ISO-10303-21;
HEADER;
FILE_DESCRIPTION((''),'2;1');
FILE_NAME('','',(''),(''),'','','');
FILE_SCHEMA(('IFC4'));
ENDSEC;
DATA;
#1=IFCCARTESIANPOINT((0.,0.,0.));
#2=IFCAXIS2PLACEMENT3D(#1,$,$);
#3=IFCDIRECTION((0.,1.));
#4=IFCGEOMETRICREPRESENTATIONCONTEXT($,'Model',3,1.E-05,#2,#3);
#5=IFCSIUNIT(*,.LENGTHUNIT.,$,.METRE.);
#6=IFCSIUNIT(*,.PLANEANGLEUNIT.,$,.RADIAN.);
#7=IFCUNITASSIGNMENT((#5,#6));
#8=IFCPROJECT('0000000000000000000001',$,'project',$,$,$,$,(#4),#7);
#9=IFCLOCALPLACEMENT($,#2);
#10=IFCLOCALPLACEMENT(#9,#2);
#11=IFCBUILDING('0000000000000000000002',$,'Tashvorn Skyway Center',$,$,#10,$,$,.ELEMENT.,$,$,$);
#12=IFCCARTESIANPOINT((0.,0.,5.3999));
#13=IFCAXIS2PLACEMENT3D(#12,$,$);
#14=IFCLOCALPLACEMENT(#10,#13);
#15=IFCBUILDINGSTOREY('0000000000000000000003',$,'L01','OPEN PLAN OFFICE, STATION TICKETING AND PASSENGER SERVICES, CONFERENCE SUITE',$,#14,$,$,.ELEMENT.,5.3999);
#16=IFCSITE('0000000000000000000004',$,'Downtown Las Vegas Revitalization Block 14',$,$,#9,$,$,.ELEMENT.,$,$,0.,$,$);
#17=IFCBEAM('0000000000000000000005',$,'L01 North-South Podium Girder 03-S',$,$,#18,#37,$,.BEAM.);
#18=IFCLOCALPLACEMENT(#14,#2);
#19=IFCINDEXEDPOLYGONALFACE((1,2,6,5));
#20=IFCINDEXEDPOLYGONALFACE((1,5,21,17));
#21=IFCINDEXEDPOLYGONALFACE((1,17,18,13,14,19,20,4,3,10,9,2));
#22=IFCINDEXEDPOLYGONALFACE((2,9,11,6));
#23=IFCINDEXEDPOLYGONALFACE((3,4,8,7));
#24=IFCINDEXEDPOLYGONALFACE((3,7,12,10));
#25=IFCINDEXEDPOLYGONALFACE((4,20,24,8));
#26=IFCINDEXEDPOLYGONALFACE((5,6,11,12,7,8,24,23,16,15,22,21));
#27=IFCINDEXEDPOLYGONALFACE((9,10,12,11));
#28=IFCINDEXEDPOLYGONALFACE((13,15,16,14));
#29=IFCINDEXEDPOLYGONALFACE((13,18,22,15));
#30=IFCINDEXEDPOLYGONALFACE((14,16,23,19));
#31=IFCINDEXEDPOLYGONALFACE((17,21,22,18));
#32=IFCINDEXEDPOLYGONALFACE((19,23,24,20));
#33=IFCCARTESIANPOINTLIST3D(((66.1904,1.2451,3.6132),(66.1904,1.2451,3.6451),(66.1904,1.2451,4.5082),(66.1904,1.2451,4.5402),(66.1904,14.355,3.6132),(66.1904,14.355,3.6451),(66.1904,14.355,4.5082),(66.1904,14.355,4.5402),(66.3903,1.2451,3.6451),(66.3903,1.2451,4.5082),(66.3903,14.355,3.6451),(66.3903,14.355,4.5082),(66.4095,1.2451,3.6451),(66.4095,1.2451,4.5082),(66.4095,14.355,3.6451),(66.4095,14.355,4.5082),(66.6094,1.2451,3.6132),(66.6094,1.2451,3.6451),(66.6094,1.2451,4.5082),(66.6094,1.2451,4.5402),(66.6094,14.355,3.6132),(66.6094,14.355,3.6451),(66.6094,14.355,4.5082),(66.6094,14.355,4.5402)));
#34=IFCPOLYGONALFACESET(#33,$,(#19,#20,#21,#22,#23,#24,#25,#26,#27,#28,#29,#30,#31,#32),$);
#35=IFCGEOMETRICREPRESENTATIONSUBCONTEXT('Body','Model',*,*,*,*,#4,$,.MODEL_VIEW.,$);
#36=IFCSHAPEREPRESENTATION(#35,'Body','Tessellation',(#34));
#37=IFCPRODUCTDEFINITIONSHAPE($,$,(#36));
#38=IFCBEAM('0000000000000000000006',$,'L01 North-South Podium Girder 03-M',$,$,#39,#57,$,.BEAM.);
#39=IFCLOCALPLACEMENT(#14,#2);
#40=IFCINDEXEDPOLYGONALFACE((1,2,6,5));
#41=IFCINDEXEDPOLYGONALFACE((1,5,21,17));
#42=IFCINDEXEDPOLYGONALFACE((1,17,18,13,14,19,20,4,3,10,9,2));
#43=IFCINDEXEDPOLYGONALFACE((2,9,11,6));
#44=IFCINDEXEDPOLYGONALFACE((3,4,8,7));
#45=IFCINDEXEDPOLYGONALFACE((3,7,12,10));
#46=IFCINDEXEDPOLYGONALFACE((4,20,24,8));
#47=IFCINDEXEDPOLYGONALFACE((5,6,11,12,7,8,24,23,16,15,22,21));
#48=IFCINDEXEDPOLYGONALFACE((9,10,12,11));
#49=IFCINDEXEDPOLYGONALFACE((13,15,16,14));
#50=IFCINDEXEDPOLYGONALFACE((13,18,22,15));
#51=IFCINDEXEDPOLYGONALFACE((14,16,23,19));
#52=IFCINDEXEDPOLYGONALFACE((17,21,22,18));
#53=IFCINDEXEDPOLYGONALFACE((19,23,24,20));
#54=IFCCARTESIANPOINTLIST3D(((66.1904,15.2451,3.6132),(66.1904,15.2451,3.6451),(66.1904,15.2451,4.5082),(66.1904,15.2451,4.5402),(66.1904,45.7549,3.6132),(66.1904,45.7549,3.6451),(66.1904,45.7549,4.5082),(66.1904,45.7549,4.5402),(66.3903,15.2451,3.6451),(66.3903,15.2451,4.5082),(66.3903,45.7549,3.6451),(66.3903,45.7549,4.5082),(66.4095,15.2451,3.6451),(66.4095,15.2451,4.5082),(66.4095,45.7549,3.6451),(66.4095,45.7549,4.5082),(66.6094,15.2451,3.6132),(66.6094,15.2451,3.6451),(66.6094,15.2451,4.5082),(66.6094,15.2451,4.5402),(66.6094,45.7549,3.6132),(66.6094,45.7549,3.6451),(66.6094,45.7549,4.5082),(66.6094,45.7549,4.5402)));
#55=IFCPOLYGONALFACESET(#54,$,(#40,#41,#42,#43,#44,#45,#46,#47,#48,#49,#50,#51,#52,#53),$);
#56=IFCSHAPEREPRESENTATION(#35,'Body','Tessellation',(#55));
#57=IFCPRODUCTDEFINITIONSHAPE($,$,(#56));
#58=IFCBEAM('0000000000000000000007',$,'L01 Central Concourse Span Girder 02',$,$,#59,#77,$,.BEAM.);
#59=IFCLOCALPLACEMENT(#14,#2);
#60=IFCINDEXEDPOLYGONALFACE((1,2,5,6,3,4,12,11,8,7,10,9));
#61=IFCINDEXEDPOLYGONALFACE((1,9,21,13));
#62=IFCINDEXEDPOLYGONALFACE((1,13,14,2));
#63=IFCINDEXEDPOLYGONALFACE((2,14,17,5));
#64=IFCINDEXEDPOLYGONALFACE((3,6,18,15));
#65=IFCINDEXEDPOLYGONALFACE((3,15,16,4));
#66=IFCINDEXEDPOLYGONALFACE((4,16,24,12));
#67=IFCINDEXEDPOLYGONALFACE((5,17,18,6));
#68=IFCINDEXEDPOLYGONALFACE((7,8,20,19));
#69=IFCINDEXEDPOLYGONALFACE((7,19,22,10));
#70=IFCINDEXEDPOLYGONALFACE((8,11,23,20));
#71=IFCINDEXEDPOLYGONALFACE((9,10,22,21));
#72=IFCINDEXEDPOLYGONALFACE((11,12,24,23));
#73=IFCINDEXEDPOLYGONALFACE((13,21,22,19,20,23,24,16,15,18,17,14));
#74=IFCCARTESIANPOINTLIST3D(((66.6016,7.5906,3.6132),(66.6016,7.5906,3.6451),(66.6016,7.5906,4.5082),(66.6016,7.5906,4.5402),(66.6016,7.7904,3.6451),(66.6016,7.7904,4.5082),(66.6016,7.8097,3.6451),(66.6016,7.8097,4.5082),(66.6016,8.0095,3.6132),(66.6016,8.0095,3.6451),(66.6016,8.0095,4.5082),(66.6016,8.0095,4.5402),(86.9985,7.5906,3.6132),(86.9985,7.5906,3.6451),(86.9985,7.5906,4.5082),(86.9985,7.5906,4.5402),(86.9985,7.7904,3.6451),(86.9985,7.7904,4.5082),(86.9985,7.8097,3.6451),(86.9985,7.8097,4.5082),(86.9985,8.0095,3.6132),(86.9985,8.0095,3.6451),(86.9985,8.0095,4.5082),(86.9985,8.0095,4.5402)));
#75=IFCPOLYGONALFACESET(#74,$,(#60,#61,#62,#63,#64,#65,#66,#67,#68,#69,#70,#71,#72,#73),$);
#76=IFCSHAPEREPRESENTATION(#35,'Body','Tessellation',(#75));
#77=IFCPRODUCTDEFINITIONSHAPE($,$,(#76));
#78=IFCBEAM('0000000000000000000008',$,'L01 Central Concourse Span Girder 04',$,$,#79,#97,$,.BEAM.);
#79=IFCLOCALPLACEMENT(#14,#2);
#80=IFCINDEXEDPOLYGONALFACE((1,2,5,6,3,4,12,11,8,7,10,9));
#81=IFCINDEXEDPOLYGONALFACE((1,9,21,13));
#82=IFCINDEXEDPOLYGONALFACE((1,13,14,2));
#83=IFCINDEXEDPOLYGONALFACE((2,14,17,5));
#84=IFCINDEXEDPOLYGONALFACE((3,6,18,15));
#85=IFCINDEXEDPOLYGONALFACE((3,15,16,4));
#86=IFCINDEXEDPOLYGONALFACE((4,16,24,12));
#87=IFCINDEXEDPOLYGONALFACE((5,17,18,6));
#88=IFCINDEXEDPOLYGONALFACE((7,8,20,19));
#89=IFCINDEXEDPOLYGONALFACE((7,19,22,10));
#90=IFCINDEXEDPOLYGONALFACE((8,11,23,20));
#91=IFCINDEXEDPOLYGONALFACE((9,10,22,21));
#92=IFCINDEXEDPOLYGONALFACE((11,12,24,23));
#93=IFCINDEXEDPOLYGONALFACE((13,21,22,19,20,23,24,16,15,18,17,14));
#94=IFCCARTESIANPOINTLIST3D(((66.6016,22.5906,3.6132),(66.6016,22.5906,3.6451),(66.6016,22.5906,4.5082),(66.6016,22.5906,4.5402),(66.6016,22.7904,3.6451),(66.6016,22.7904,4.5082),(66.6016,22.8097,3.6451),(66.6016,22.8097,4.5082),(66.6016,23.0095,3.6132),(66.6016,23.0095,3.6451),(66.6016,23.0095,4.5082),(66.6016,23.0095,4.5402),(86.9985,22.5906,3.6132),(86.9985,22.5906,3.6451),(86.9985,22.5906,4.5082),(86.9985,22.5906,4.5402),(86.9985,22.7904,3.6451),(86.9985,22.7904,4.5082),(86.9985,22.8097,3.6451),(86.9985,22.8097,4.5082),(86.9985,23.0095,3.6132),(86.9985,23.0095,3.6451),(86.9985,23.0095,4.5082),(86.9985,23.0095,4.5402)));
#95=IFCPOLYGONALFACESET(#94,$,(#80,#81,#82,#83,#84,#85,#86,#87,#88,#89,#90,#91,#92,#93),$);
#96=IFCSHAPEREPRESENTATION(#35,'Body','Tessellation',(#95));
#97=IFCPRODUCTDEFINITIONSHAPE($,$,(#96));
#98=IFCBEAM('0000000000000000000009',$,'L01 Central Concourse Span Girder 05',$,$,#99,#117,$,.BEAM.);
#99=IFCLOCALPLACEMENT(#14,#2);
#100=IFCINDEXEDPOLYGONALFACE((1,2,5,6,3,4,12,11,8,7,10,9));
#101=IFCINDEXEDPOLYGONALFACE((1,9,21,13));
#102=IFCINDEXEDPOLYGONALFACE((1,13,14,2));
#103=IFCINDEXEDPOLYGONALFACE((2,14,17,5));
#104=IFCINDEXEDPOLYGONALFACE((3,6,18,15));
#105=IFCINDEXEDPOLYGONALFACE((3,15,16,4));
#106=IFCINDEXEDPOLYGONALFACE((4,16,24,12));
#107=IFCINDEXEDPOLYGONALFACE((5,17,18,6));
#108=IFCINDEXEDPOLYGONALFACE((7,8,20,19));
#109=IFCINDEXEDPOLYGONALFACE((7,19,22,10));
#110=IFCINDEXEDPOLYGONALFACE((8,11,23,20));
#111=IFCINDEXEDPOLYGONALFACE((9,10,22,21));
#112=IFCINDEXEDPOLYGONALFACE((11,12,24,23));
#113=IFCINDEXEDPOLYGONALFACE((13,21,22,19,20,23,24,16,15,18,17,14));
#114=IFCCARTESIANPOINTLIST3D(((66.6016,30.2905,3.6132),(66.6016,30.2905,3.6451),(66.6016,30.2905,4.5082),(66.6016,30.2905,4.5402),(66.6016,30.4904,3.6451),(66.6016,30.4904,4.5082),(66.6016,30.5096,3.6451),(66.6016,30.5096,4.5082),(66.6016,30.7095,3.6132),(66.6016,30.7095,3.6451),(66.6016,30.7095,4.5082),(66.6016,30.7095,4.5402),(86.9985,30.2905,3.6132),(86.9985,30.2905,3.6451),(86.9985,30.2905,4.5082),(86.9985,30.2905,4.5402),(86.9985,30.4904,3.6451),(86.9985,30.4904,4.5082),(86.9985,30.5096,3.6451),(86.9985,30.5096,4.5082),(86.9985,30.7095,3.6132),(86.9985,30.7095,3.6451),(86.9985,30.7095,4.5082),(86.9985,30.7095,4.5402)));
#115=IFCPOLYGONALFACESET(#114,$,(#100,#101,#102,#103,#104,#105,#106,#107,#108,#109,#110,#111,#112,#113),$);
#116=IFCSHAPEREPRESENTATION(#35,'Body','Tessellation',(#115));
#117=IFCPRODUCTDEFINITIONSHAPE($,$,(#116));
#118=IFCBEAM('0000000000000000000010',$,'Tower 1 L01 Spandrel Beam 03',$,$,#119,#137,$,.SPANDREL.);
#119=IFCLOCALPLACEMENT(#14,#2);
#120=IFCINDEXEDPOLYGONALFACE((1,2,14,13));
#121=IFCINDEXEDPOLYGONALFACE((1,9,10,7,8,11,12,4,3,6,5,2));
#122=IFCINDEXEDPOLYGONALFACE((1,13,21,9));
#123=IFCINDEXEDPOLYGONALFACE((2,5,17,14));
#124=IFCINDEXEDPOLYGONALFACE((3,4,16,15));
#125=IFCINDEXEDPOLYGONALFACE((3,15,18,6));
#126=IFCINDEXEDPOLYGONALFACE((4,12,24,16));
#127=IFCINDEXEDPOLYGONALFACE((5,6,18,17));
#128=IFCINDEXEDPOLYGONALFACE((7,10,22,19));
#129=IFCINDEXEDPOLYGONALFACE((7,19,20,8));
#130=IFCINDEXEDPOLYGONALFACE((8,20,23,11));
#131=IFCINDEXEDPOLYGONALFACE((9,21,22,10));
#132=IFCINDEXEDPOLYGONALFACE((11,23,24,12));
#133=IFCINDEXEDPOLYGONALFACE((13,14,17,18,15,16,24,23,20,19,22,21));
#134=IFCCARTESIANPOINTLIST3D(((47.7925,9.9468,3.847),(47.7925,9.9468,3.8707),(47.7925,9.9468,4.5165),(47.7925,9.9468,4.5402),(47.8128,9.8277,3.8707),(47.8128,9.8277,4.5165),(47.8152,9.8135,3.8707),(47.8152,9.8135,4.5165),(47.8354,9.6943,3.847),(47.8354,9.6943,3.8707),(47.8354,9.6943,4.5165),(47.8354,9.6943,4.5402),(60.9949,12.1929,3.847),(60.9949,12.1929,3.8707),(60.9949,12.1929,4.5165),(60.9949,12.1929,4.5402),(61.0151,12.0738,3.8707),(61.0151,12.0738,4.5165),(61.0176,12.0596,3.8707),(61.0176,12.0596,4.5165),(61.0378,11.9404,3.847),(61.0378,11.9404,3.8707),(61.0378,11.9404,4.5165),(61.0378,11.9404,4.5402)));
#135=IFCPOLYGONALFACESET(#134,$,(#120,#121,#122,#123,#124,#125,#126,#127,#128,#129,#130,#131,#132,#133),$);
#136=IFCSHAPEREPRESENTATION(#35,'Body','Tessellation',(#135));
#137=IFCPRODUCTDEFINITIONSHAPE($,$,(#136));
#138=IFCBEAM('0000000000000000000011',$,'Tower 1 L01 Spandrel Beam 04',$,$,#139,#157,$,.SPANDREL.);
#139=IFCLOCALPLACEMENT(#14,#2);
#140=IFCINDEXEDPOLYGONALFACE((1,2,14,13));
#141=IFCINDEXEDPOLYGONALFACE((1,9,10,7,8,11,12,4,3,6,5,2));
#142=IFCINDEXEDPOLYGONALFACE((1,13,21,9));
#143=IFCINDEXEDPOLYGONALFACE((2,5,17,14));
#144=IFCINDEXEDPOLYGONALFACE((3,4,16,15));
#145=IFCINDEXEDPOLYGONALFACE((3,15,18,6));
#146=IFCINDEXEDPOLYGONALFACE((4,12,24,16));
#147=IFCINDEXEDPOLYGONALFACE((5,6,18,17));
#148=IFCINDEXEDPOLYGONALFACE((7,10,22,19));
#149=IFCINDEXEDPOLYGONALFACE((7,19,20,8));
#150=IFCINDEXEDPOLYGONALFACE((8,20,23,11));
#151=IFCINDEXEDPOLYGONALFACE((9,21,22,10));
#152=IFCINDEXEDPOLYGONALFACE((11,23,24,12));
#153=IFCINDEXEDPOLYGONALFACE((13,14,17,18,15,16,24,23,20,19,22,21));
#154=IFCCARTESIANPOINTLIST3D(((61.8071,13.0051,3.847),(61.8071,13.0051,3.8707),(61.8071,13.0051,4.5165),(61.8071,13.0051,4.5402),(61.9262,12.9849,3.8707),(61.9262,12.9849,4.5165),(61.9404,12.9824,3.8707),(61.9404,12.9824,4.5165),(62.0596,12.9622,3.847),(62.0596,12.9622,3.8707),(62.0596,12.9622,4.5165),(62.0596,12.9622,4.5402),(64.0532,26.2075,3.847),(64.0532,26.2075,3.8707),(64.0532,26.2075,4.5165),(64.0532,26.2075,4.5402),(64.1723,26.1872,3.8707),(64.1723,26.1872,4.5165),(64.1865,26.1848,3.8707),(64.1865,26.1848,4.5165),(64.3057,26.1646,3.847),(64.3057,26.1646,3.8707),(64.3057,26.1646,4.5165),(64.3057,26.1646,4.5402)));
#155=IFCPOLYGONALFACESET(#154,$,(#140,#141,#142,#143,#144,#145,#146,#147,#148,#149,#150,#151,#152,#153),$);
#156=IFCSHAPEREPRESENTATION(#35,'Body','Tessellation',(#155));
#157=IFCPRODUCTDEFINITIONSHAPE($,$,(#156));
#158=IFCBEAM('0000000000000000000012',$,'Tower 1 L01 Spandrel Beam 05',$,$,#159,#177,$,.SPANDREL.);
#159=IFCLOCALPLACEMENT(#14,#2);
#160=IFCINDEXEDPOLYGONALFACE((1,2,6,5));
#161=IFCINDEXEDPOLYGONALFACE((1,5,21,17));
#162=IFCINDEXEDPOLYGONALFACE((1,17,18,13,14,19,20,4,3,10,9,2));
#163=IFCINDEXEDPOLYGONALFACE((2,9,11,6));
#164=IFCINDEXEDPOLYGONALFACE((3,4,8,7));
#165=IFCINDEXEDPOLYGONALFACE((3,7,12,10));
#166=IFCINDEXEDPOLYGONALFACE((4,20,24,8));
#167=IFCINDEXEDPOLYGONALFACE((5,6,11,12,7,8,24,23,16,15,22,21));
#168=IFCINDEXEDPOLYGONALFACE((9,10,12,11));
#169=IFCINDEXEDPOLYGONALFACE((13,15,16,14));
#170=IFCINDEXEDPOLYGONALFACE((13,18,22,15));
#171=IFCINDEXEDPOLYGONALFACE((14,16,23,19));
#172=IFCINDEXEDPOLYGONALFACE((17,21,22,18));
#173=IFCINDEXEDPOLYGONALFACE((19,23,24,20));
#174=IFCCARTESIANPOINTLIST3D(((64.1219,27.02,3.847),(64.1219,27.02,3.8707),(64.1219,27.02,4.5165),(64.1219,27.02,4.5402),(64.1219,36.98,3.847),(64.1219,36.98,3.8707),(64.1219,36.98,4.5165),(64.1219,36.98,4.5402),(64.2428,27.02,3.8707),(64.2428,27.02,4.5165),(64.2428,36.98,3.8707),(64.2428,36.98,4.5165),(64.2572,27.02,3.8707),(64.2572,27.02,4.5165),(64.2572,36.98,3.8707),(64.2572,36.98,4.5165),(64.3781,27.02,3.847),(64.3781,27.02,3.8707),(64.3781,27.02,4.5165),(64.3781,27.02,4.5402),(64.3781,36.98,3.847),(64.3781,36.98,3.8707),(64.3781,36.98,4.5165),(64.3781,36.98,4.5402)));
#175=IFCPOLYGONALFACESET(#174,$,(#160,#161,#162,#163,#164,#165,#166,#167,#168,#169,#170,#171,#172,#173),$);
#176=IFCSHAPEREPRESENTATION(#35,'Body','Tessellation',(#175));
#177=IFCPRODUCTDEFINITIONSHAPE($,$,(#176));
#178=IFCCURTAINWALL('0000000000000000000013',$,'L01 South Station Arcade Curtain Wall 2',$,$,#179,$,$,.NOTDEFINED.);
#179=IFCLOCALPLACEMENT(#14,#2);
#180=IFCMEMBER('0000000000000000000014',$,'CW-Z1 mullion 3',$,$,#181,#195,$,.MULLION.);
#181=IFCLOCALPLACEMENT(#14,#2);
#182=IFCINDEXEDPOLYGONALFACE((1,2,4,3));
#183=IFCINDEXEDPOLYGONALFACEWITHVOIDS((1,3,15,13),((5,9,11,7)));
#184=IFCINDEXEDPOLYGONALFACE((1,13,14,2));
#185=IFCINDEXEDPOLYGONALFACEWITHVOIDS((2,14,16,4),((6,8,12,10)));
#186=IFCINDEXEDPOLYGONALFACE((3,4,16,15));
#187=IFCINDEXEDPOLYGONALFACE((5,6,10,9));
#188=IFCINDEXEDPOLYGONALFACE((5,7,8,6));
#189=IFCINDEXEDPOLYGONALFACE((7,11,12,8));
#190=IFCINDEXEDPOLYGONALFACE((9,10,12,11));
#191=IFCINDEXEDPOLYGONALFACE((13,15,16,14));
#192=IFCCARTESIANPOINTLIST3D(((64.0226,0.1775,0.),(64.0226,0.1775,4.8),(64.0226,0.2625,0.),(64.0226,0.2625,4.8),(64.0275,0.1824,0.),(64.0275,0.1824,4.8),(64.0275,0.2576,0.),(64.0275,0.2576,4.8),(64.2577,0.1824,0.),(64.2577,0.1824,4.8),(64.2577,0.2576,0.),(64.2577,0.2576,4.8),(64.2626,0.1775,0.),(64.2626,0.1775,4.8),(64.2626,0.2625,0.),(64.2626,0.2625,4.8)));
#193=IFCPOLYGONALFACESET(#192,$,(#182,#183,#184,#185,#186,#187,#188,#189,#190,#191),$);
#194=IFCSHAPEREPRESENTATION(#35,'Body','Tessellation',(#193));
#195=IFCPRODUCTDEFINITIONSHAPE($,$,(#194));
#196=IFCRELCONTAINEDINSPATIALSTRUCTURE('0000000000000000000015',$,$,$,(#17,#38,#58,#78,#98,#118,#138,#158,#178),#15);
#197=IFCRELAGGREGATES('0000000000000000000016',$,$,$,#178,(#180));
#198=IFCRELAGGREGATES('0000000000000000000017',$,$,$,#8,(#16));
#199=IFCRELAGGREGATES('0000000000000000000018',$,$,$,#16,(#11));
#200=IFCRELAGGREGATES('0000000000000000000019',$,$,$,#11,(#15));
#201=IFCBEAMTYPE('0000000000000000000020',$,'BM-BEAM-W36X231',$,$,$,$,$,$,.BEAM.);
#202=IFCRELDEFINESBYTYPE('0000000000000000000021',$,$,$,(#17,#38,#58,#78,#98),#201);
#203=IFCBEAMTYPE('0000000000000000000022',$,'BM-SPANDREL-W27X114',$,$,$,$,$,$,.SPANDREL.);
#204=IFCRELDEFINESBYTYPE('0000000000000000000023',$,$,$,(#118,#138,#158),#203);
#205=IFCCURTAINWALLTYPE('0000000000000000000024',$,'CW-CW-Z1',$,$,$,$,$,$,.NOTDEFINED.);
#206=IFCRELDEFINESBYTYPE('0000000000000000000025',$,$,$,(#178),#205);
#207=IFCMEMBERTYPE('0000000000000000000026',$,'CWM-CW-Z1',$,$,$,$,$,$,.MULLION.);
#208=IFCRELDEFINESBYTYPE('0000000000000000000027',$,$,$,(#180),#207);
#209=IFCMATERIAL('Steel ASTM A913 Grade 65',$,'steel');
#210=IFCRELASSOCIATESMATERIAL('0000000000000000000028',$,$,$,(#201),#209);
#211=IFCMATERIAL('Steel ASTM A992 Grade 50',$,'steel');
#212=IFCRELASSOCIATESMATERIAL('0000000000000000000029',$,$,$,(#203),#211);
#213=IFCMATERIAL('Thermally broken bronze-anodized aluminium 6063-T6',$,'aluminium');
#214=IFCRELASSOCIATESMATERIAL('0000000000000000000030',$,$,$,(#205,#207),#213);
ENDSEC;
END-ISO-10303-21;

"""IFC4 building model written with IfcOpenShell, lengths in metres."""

from ifc_helpers import new_model, si_unit, direction, frame, origin, origin_2d, place, context, subcontext, project, spatial, hollow_rectangle, i_section, extrude, material, material_profile, profile_set, type_object, element, aggregate, save


model = new_model("IFC4")

# Units and contexts
model_context = context("Model", 3, precision=1e-05, world=origin(), true_north=direction((0.0, 1.0)))
body_context = subcontext(model_context, "Body", "Model", "MODEL_VIEW")
ifc_project = project(units=[si_unit("LENGTHUNIT", "METRE"), si_unit("PLANEANGLEUNIT", "RADIAN")], contexts=[model_context])

# Site, building, storey
site_placement = place(None, origin())
site = spatial("IfcSite", under=ifc_project, at=site_placement, Name="Downtown Las Vegas Revitalization Block 14", CompositionType="ELEMENT", RefElevation=0.0)
building_placement = place(site_placement, origin())
building = spatial("IfcBuilding", under=site, at=building_placement, Name="Tashvorn Skyway Center", CompositionType="ELEMENT")
storey_placement = place(building_placement, frame((0.0, 0.0, 5.3999)))
storey = spatial("IfcBuildingStorey", under=building, at=storey_placement, Name="L01", Description="OPEN PLAN OFFICE, STATION TICKETING AND PASSENGER SERVICES, CONFERENCE SUITE", CompositionType="ELEMENT", Elevation=5.3999)

# Beams
ifc_material_1 = material(Name="Steel ASTM A992 Grade 50", Category="steel")
ifc_material_2 = material(Name="Steel ASTM A913 Grade 65", Category="steel")
ifc_material_profile_1 = material_profile(ifc_material_2, i_section(OverallWidth=0.4189, OverallDepth=0.927, WebThickness=0.0193, FlangeThickness=0.032, at=origin_2d()), Name="W36X231")
ifc_profile_set_1 = profile_set([ifc_material_profile_1], Name="Steel ASTM A913 Grade 65")
beam_type_1 = type_object("IfcBeamType", Name="BM-BEAM-W36X231", PredefinedType="BEAM", material=ifc_profile_set_1)
beam_1_placement = place(storey_placement, frame((66.3999, 1.2451, 4.0767), z_axis=(0.0, 1.0, 0.0), x_axis=(-1.0, 0.0, 0.0)))
element("IfcBeam", 1, at=beam_1_placement, inside=storey, type_object=beam_type_1, Name="L01 North-South Podium Girder 03-S", PredefinedType="BEAM", context=body_context, shape_type="SweptSolid", body=[
    extrude(i_section(OverallWidth=0.4189, OverallDepth=0.927, WebThickness=0.0193, FlangeThickness=0.032, at=origin_2d()), origin(), (0.0, 0.0, 1.0), 13.1099),
])
beam_2_placement = place(storey_placement, frame((66.3999, 15.2451, 4.0767), z_axis=(0.0, 1.0, 0.0), x_axis=(-1.0, 0.0, 0.0)))
element("IfcBeam", 2, at=beam_2_placement, inside=storey, type_object=beam_type_1, Name="L01 North-South Podium Girder 03-M", PredefinedType="BEAM", context=body_context, shape_type="SweptSolid", body=[
    extrude(i_section(OverallWidth=0.4189, OverallDepth=0.927, WebThickness=0.0193, FlangeThickness=0.032, at=origin_2d()), origin(), (0.0, 0.0, 1.0), 30.5098),
])
for number, where, z_axis, x_axis, name in (
    (3, (66.6016, 7.8, 4.0767), (1.0, 0.0, 0.0), (0.0, 1.0, 0.0), "L01 Central Concourse Span Girder 02"),
    (4, (66.6016, 22.8, 4.0767), (1.0, 0.0, 0.0), (0.0, 1.0, 0.0), "L01 Central Concourse Span Girder 04"),
    (5, (66.6016, 30.5, 4.0767), (1.0, 0.0, 0.0), (0.0, 1.0, 0.0), "L01 Central Concourse Span Girder 05"),
):
    element("IfcBeam", number, at=place(storey_placement, frame(where, z_axis=z_axis, x_axis=x_axis)), inside=storey, type_object=beam_type_1, Name=name, PredefinedType="BEAM", context=body_context, shape_type="SweptSolid", body=[
        extrude(i_section(OverallWidth=0.4189, OverallDepth=0.927, WebThickness=0.0193, FlangeThickness=0.032, at=origin_2d()), origin(), (0.0, 0.0, 1.0), 20.397),
    ])
ifc_material_profile_2 = material_profile(ifc_material_1, i_section(OverallWidth=0.2561, OverallDepth=0.6931, WebThickness=0.0144, FlangeThickness=0.0237, at=origin_2d()), Name="W27X114")
ifc_profile_set_2 = profile_set([ifc_material_profile_2], Name="Steel ASTM A992 Grade 50")
beam_type_2 = type_object("IfcBeamType", Name="BM-SPANDREL-W27X114", PredefinedType="SPANDREL", material=ifc_profile_set_2)
for number, where, z_axis, x_axis, name in (
    (6, (47.814, 9.8206, 4.1936), (0.985835, 0.167718, 0.0), (-0.167718, 0.985835, 0.0), "Tower 1 L01 Spandrel Beam 03"),
    (7, (61.9333, 12.9836, 4.1936), (0.167718, 0.985835, 0.0), (-0.985835, 0.167718, 0.0), "Tower 1 L01 Spandrel Beam 04"),
):
    element("IfcBeam", number, at=place(storey_placement, frame(where, z_axis=z_axis, x_axis=x_axis)), inside=storey, type_object=beam_type_2, Name=name, PredefinedType="SPANDREL", context=body_context, shape_type="SweptSolid", body=[
        extrude(i_section(OverallWidth=0.2561, OverallDepth=0.6931, WebThickness=0.0144, FlangeThickness=0.0237, at=origin_2d()), origin(), (0.0, 0.0, 1.0), 13.3921),
    ])
beam_3_placement = place(storey_placement, frame((64.25, 27.02, 4.1936), z_axis=(0.0, 1.0, 0.0), x_axis=(-1.0, 0.0, 0.0)))
element("IfcBeam", 8, at=beam_3_placement, inside=storey, type_object=beam_type_2, Name="Tower 1 L01 Spandrel Beam 05", PredefinedType="SPANDREL", context=body_context, shape_type="SweptSolid", body=[
    extrude(i_section(OverallWidth=0.2561, OverallDepth=0.6931, WebThickness=0.0144, FlangeThickness=0.0237, at=origin_2d()), origin(), (0.0, 0.0, 1.0), 9.96),
])

# Curtain wall, member
ifc_material_3 = material(Name="Thermally broken bronze-anodized aluminium 6063-T6", Category="aluminium")
curtain_wall_type = type_object("IfcCurtainWallType", Name="CW-CW-Z1", PredefinedType="NOTDEFINED", material=ifc_material_3)
curtain_wall_placement = place(storey_placement, origin())
curtain_wall = element("IfcCurtainWall", 9, at=curtain_wall_placement, inside=storey, type_object=curtain_wall_type, Name="L01 South Station Arcade Curtain Wall 2", PredefinedType="NOTDEFINED")
ifc_material_profile_3 = material_profile(ifc_material_3, hollow_rectangle(XDim=0.085, YDim=0.24, WallThickness=0.0049, at=origin_2d()), Name="ALU-MULL-85x240")
ifc_profile_set_3 = profile_set([ifc_material_profile_3], Name="Thermally broken bronze-anodized aluminium 6063-T6")
member_type = type_object("IfcMemberType", Name="CWM-CW-Z1", PredefinedType="MULLION", material=ifc_profile_set_3)
member_placement = place(storey_placement, frame((64.1426, 0.22, 0.0), z_axis=(0.0, 0.0, 1.0), x_axis=(0.0, -1.0, 0.0)))
member = element("IfcMember", 10, at=member_placement, type_object=member_type, Name="CW-Z1 mullion 3", PredefinedType="MULLION", context=body_context, shape_type="SweptSolid", body=[
    extrude(hollow_rectangle(XDim=0.085, YDim=0.24, WallThickness=0.0049, at=origin_2d()), origin(), (0.0, 0.0, 1.0), 4.8),
])
aggregate(curtain_wall, [member])

save(model, "model.ifc")
